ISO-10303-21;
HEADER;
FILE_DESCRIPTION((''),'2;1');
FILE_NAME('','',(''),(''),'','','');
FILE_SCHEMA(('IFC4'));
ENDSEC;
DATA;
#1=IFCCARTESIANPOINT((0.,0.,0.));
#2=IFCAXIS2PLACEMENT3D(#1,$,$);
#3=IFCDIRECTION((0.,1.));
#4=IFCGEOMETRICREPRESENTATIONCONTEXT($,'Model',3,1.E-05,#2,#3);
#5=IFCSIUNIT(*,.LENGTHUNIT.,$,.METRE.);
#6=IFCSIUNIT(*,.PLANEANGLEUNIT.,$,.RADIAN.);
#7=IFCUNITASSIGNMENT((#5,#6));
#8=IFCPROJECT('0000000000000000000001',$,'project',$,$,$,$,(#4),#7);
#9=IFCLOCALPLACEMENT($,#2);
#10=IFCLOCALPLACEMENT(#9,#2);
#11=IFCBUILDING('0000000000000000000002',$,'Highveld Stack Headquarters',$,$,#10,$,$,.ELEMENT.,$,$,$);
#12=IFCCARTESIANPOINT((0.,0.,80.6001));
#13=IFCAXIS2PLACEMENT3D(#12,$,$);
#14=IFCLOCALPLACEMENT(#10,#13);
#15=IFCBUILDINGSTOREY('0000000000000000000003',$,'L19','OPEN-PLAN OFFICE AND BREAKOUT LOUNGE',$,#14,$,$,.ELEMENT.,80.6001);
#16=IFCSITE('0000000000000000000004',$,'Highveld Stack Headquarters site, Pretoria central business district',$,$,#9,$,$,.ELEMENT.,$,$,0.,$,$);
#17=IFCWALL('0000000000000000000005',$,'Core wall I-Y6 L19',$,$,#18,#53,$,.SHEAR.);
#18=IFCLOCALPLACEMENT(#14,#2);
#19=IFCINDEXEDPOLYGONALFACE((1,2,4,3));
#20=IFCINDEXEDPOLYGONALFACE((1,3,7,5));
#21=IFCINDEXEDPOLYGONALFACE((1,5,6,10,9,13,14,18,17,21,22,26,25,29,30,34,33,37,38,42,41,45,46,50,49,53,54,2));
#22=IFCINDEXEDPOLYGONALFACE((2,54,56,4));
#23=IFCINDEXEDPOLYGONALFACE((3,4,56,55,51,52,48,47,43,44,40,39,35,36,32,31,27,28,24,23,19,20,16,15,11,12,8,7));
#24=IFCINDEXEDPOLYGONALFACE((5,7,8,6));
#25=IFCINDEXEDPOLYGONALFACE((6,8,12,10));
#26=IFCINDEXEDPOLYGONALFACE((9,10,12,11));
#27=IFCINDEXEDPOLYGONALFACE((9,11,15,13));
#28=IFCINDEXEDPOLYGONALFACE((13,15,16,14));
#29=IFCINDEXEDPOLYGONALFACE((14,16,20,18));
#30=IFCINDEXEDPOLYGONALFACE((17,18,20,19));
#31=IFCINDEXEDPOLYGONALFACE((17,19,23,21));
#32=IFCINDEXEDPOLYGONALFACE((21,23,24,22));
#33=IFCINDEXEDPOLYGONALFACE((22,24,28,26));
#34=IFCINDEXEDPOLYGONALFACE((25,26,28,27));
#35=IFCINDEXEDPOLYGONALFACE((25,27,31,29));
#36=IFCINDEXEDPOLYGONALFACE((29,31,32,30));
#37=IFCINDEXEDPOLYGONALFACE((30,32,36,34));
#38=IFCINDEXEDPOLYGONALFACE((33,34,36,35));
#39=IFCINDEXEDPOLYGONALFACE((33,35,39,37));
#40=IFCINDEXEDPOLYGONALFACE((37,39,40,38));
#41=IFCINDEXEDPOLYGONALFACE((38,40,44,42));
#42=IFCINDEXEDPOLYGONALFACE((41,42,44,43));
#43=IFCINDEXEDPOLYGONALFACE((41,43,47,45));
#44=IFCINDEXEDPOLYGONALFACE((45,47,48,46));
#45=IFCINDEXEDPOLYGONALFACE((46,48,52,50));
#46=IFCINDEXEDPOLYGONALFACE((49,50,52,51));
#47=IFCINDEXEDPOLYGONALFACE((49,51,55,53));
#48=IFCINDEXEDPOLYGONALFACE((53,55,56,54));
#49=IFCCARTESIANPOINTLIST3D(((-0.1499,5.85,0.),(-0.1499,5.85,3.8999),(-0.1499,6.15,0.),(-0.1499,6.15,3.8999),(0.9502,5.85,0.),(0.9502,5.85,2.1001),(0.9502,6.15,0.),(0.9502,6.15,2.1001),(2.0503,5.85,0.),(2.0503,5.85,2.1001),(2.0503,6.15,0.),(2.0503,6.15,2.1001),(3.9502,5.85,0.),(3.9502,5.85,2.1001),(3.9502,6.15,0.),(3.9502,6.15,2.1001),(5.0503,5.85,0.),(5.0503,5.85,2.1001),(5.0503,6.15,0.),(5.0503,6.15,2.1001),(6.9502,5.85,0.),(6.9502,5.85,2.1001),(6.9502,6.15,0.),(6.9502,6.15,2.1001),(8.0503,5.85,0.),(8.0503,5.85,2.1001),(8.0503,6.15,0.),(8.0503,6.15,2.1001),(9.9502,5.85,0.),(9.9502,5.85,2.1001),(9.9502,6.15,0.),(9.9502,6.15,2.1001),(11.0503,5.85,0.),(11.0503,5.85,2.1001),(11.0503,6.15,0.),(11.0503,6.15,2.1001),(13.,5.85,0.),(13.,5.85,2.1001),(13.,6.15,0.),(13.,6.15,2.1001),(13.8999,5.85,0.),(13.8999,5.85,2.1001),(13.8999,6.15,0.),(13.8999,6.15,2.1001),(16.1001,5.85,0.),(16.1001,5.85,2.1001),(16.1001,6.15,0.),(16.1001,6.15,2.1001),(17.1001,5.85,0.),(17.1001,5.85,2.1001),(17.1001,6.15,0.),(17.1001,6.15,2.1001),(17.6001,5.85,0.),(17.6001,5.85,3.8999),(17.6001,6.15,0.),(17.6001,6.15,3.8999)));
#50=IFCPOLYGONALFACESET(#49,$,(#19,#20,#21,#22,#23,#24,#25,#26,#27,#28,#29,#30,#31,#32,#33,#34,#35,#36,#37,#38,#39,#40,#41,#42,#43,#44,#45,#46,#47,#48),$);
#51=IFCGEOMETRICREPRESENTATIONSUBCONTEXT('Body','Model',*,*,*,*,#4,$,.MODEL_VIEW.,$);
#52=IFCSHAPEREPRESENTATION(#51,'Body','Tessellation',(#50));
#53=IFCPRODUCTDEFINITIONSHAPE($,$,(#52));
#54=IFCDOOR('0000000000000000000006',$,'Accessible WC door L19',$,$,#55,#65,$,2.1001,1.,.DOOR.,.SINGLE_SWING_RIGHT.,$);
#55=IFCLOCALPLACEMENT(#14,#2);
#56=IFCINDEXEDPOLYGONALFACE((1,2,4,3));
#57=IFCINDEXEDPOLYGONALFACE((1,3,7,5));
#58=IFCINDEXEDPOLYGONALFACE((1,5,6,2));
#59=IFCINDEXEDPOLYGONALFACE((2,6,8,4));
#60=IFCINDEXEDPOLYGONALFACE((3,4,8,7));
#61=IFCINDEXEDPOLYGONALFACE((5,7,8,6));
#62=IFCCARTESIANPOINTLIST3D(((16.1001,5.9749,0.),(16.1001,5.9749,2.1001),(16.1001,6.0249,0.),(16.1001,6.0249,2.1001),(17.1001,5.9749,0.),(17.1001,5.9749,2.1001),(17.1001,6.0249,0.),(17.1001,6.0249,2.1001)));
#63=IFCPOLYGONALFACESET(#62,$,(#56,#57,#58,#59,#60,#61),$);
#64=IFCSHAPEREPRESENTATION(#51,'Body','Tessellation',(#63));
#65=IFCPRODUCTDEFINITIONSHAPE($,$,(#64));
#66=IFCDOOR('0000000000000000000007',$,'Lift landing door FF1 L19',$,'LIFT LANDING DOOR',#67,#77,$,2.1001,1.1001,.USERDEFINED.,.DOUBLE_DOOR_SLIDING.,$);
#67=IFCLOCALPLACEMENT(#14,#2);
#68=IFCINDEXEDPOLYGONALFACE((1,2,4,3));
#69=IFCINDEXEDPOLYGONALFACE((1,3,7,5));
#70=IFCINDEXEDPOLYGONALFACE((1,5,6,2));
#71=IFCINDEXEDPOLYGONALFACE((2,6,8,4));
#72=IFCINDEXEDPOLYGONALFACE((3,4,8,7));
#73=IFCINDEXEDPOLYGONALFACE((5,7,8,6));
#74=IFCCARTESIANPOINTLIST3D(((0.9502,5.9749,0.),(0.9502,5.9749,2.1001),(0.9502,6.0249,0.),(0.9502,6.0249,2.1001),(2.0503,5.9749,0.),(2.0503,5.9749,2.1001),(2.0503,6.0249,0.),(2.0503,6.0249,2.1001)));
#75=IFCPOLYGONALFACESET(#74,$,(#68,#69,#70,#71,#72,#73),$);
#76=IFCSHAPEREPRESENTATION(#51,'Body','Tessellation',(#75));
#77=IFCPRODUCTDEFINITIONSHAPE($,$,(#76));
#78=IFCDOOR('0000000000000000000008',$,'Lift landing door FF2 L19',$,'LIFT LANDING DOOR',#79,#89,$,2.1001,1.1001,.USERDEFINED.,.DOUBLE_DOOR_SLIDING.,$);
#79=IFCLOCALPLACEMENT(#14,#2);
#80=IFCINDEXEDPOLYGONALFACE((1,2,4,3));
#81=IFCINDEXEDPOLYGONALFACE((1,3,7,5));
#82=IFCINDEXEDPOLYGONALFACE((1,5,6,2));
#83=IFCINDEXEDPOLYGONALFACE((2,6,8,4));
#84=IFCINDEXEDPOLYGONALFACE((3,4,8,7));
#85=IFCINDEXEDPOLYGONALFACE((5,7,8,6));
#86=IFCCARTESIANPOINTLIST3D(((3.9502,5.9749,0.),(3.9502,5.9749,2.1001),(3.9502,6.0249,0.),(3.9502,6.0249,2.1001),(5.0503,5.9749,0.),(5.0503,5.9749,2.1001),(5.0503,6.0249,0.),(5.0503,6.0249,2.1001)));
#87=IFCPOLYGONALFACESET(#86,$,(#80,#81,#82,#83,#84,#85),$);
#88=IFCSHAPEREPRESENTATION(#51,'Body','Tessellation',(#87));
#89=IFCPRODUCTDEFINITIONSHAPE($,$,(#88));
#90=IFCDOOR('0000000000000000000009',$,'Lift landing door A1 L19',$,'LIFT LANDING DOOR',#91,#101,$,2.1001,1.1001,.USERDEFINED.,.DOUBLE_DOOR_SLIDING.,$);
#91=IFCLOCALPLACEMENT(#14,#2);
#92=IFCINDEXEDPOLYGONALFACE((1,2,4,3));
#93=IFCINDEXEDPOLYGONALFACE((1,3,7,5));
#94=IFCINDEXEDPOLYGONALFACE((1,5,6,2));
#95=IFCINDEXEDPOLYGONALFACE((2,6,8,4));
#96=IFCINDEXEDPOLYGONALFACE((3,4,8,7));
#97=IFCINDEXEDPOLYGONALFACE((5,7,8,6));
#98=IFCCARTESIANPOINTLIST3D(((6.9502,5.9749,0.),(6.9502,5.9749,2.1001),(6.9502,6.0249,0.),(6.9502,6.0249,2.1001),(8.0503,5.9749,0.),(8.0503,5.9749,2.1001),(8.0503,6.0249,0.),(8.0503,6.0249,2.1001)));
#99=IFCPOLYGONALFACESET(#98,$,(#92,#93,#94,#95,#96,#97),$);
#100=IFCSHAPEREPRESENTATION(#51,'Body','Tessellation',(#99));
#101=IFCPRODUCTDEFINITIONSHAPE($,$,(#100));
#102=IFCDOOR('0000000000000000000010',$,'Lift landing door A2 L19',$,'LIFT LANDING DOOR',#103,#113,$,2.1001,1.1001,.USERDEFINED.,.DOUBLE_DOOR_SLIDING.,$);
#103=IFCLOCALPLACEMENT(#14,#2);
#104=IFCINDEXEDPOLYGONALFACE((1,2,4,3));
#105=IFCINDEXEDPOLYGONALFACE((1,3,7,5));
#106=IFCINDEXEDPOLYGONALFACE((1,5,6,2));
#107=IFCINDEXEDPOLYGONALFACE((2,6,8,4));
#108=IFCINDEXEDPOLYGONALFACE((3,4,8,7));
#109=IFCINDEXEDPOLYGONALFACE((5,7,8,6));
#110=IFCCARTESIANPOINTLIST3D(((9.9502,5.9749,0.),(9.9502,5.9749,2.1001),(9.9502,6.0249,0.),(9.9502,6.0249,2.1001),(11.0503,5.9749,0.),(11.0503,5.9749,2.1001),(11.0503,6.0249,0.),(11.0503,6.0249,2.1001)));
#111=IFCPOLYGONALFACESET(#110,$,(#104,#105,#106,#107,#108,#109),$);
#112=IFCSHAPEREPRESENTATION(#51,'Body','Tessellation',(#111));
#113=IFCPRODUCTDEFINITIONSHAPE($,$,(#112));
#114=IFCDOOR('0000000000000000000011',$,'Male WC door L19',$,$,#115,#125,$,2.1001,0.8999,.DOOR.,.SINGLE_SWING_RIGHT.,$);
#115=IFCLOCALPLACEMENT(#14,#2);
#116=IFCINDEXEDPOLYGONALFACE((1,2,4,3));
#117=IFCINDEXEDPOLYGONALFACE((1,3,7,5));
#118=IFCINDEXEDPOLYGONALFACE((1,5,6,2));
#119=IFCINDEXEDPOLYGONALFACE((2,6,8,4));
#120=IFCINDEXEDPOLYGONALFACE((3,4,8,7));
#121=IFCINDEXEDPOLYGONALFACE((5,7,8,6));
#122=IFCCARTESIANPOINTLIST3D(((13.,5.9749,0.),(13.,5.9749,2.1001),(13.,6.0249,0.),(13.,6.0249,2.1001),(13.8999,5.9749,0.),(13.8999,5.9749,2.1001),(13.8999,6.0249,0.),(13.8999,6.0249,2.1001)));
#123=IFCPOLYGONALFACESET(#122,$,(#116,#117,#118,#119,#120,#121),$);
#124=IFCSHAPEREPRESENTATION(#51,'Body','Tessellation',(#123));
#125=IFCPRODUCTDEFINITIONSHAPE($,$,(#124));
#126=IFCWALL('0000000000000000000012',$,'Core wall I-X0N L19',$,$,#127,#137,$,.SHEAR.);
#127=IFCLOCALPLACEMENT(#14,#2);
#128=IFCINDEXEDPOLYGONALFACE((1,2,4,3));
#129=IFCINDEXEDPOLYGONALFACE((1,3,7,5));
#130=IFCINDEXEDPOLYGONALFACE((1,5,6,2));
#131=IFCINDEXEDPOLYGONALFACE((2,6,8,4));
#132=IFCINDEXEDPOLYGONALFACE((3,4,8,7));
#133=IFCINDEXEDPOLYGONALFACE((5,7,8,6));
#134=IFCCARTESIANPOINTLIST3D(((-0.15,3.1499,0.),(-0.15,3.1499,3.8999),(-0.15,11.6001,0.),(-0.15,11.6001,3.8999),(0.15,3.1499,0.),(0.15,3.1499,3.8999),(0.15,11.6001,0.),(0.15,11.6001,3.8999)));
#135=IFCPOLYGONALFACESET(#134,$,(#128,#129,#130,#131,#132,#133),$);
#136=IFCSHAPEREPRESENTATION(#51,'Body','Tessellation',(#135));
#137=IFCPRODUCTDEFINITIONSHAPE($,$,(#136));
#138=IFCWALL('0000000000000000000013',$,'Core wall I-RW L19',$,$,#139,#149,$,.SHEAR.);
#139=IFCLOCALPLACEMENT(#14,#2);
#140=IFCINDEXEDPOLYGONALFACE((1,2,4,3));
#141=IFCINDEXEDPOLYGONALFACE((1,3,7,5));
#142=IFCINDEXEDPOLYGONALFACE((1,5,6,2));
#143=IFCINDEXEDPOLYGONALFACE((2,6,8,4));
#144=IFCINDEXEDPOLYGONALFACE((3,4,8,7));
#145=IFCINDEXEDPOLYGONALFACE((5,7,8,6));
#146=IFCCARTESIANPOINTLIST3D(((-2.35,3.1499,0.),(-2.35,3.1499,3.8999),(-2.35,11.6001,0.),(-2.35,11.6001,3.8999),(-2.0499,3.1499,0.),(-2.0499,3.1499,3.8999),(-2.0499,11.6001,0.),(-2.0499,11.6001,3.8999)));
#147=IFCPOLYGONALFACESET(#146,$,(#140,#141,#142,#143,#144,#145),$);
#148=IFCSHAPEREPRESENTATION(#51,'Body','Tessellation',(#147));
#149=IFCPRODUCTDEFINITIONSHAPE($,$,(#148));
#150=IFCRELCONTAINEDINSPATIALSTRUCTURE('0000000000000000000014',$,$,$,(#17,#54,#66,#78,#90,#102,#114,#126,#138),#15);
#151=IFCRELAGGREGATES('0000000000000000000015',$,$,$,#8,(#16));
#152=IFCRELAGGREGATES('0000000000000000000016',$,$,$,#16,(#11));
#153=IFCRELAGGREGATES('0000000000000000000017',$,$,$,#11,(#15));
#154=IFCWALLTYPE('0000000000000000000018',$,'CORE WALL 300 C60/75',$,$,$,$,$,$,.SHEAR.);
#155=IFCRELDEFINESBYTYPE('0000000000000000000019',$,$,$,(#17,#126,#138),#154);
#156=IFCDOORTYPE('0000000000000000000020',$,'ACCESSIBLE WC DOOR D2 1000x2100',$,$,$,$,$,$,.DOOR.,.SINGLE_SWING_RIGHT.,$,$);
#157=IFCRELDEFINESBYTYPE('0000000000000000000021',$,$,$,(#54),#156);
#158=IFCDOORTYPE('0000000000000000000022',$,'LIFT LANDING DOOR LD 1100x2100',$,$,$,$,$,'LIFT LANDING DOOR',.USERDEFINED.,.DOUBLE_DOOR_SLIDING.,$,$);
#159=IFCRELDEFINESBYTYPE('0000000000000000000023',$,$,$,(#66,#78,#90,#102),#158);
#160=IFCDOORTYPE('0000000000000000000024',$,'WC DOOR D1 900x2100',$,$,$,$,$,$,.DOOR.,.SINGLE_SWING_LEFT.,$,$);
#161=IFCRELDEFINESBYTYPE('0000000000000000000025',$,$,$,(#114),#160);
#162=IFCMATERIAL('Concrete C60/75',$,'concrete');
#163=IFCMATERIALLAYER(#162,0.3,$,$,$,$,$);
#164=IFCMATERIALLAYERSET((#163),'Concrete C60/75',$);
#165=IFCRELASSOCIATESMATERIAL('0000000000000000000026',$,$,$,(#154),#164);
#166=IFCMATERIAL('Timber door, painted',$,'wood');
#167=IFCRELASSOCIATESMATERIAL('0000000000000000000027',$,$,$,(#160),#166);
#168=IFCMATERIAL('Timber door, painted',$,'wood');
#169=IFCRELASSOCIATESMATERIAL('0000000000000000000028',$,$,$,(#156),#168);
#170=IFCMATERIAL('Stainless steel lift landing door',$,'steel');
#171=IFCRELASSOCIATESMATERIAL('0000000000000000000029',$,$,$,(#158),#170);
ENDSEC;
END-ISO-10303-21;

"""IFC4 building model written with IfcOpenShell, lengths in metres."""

from ifc_helpers import new_model, si_unit, direction, frame, frame_2d, origin, place, context, subcontext, project, spatial, rectangle, extrude, material, layer, layer_set, type_object, element, fill, save


model = new_model("IFC4")

# Units and contexts
model_context = context("Model", 3, precision=1e-05, world=origin(), true_north=direction((0.0, 1.0)))
body_context = subcontext(model_context, "Body", "Model", "MODEL_VIEW")
ifc_project = project(units=[si_unit("LENGTHUNIT", "METRE"), si_unit("PLANEANGLEUNIT", "RADIAN")], contexts=[model_context])

# Site, building, storey
site_placement = place(None, origin())
site = spatial("IfcSite", under=ifc_project, at=site_placement, Name="Highveld Stack Headquarters site, Pretoria central business district", CompositionType="ELEMENT", RefElevation=0.0)
building_placement = place(site_placement, origin())
building = spatial("IfcBuilding", under=site, at=building_placement, Name="Highveld Stack Headquarters", CompositionType="ELEMENT")
storey_placement = place(building_placement, frame((0.0, 0.0, 80.6001)))
storey = spatial("IfcBuildingStorey", under=building, at=storey_placement, Name="L19", Description="OPEN-PLAN OFFICE AND BREAKOUT LOUNGE", CompositionType="ELEMENT", Elevation=80.6001)

# Shared definitions
ifc_material_1 = material(Name="Concrete C60/75", Category="concrete")
ifc_layer_1 = layer(ifc_material_1, 0.3)
ifc_layer_set_1 = layer_set([ifc_layer_1], Name="Concrete C60/75")
wall_type = type_object("IfcWallType", Name="CORE WALL 300 C60/75", PredefinedType="SHEAR", material=ifc_layer_set_1)
ifc_material_2 = material(Name="Timber door, painted", Category="wood")
door_type_1 = type_object("IfcDoorType", Name="WC DOOR D1 900x2100", OperationType="SINGLE_SWING_LEFT", PredefinedType="DOOR", material=ifc_material_2)

# Wall, openings, doors
wall_1_placement = place(storey_placement, frame((-0.1499, 6.0, 0.0), z_axis=(0.0, 0.0, 1.0), x_axis=(1.0, 0.0, 0.0)))
wall_1 = element("IfcWall", 1, at=wall_1_placement, inside=storey, type_object=wall_type, Name="Core wall I-Y6 L19", PredefinedType="SHEAR", context=body_context, shape_type="SweptSolid", body=[
    extrude(rectangle(XDim=17.75, YDim=0.3, at=frame_2d((8.875, 0.0))), origin(), (0.0, 0.0, 1.0), 3.8999),
])
opening_1_placement = place(wall_1_placement, frame((13.1499, 0.0, 0.0)))
opening_1 = element("IfcOpeningElement", 2, at=opening_1_placement, cuts=wall_1, PredefinedType="OPENING", context=body_context, shape_type="SweptSolid", body=[
    extrude(rectangle(XDim=0.8999, YDim=2.1001, at=frame_2d((0.45, 1.05))), frame((0.0, 0.1599, 0.0), z_axis=(0.0, -1.0, 0.0), x_axis=(1.0, 0.0, 0.0)), (0.0, 0.0, 1.0), 0.3201),
])
opening_2_placement = place(wall_1_placement, frame((16.25, 0.0, 0.0)))
opening_2 = element("IfcOpeningElement", 3, at=opening_2_placement, cuts=wall_1, PredefinedType="OPENING", context=body_context, shape_type="SweptSolid", body=[
    extrude(rectangle(XDim=1.0, YDim=2.1001, at=frame_2d((0.5, 1.05))), frame((0.0, 0.1599, 0.0), z_axis=(0.0, -1.0, 0.0), x_axis=(1.0, 0.0, 0.0)), (0.0, 0.0, 1.0), 0.3201),
])
opening_3_placement = place(wall_1_placement, frame((1.1001, 0.0, 0.0)))
opening_3 = element("IfcOpeningElement", 4, at=opening_3_placement, cuts=wall_1, PredefinedType="OPENING", context=body_context, shape_type="SweptSolid", body=[
    extrude(rectangle(XDim=1.1001, YDim=2.1001, at=frame_2d((0.55, 1.05))), frame((0.0, 0.1599, 0.0), z_axis=(0.0, -1.0, 0.0), x_axis=(1.0, 0.0, 0.0)), (0.0, 0.0, 1.0), 0.3201),
])
opening_4_placement = place(wall_1_placement, frame((4.1001, 0.0, 0.0)))
opening_4 = element("IfcOpeningElement", 5, at=opening_4_placement, cuts=wall_1, PredefinedType="OPENING", context=body_context, shape_type="SweptSolid", body=[
    extrude(rectangle(XDim=1.1001, YDim=2.1001, at=frame_2d((0.55, 1.05))), frame((0.0, 0.1599, 0.0), z_axis=(0.0, -1.0, 0.0), x_axis=(1.0, 0.0, 0.0)), (0.0, 0.0, 1.0), 0.3201),
])
opening_5_placement = place(wall_1_placement, frame((7.1001, 0.0, 0.0)))
opening_5 = element("IfcOpeningElement", 6, at=opening_5_placement, cuts=wall_1, PredefinedType="OPENING", context=body_context, shape_type="SweptSolid", body=[
    extrude(rectangle(XDim=1.1001, YDim=2.1001, at=frame_2d((0.55, 1.05))), frame((0.0, 0.1599, 0.0), z_axis=(0.0, -1.0, 0.0), x_axis=(1.0, 0.0, 0.0)), (0.0, 0.0, 1.0), 0.3201),
])
opening_6_placement = place(wall_1_placement, frame((10.1001, 0.0, 0.0)))
opening_6 = element("IfcOpeningElement", 7, at=opening_6_placement, cuts=wall_1, PredefinedType="OPENING", context=body_context, shape_type="SweptSolid", body=[
    extrude(rectangle(XDim=1.1001, YDim=2.1001, at=frame_2d((0.55, 1.05))), frame((0.0, 0.1599, 0.0), z_axis=(0.0, -1.0, 0.0), x_axis=(1.0, 0.0, 0.0)), (0.0, 0.0, 1.0), 0.3201),
])
ifc_material_3 = material(Name="Timber door, painted", Category="wood")
door_type_2 = type_object("IfcDoorType", Name="ACCESSIBLE WC DOOR D2 1000x2100", OperationType="SINGLE_SWING_RIGHT", PredefinedType="DOOR", material=ifc_material_3)
door_1_placement = place(opening_2_placement, origin())
door_1 = element("IfcDoor", 8, at=door_1_placement, inside=storey, type_object=door_type_2, Name="Accessible WC door L19", OperationType="SINGLE_SWING_RIGHT", OverallHeight=2.1001, OverallWidth=1.0, PredefinedType="DOOR", context=body_context, shape_type="SweptSolid", body=[
    extrude(rectangle(XDim=1.0, YDim=2.1001, at=frame_2d((0.5, 1.05))), frame((0.0, 0.0249, 0.0), z_axis=(0.0, -1.0, 0.0), x_axis=(1.0, 0.0, 0.0)), (0.0, 0.0, 1.0), 0.05),
])
fill(opening_2, door_1)
ifc_material_4 = material(Name="Stainless steel lift landing door", Category="steel")
door_type_3 = type_object("IfcDoorType", Name="LIFT LANDING DOOR LD 1100x2100", ElementType="LIFT LANDING DOOR", OperationType="DOUBLE_DOOR_SLIDING", PredefinedType="USERDEFINED", material=ifc_material_4)
door_2_placement = place(opening_3_placement, origin())
door_2 = element("IfcDoor", 9, at=door_2_placement, inside=storey, type_object=door_type_3, Name="Lift landing door FF1 L19", ObjectType="LIFT LANDING DOOR", OperationType="DOUBLE_DOOR_SLIDING", OverallHeight=2.1001, OverallWidth=1.1001, PredefinedType="USERDEFINED", context=body_context, shape_type="SweptSolid", body=[
    extrude(rectangle(XDim=1.1001, YDim=2.1001, at=frame_2d((0.55, 1.05))), frame((0.0, 0.0249, 0.0), z_axis=(0.0, -1.0, 0.0), x_axis=(1.0, 0.0, 0.0)), (0.0, 0.0, 1.0), 0.05),
])
fill(opening_3, door_2)
door_3_placement = place(opening_4_placement, origin())
door_3 = element("IfcDoor", 10, at=door_3_placement, inside=storey, type_object=door_type_3, Name="Lift landing door FF2 L19", ObjectType="LIFT LANDING DOOR", OperationType="DOUBLE_DOOR_SLIDING", OverallHeight=2.1001, OverallWidth=1.1001, PredefinedType="USERDEFINED", context=body_context, shape_type="SweptSolid", body=[
    extrude(rectangle(XDim=1.1001, YDim=2.1001, at=frame_2d((0.55, 1.05))), frame((0.0, 0.0249, 0.0), z_axis=(0.0, -1.0, 0.0), x_axis=(1.0, 0.0, 0.0)), (0.0, 0.0, 1.0), 0.05),
])
fill(opening_4, door_3)
door_4_placement = place(opening_5_placement, origin())
door_4 = element("IfcDoor", 11, at=door_4_placement, inside=storey, type_object=door_type_3, Name="Lift landing door A1 L19", ObjectType="LIFT LANDING DOOR", OperationType="DOUBLE_DOOR_SLIDING", OverallHeight=2.1001, OverallWidth=1.1001, PredefinedType="USERDEFINED", context=body_context, shape_type="SweptSolid", body=[
    extrude(rectangle(XDim=1.1001, YDim=2.1001, at=frame_2d((0.55, 1.05))), frame((0.0, 0.0249, 0.0), z_axis=(0.0, -1.0, 0.0), x_axis=(1.0, 0.0, 0.0)), (0.0, 0.0, 1.0), 0.05),
])
fill(opening_5, door_4)
door_5_placement = place(opening_6_placement, origin())
door_5 = element("IfcDoor", 12, at=door_5_placement, inside=storey, type_object=door_type_3, Name="Lift landing door A2 L19", ObjectType="LIFT LANDING DOOR", OperationType="DOUBLE_DOOR_SLIDING", OverallHeight=2.1001, OverallWidth=1.1001, PredefinedType="USERDEFINED", context=body_context, shape_type="SweptSolid", body=[
    extrude(rectangle(XDim=1.1001, YDim=2.1001, at=frame_2d((0.55, 1.05))), frame((0.0, 0.0249, 0.0), z_axis=(0.0, -1.0, 0.0), x_axis=(1.0, 0.0, 0.0)), (0.0, 0.0, 1.0), 0.05),
])
fill(opening_6, door_5)
door_6_placement = place(opening_1_placement, origin())
door_6 = element("IfcDoor", 13, at=door_6_placement, inside=storey, type_object=door_type_1, Name="Male WC door L19", OperationType="SINGLE_SWING_RIGHT", OverallHeight=2.1001, OverallWidth=0.8999, PredefinedType="DOOR", context=body_context, shape_type="SweptSolid", body=[
    extrude(rectangle(XDim=0.8999, YDim=2.1001, at=frame_2d((0.45, 1.05))), frame((0.0, 0.0249, 0.0), z_axis=(0.0, -1.0, 0.0), x_axis=(1.0, 0.0, 0.0)), (0.0, 0.0, 1.0), 0.05),
])
fill(opening_1, door_6)

# Walls
for number, where, z_axis, x_axis, name in (
    (14, (0.0, 3.1499, 0.0), (0.0, 0.0, 1.0), (0.0, 1.0, 0.0), "Core wall I-X0N L19"),
    (15, (-2.2, 3.1499, 0.0), (0.0, 0.0, 1.0), (0.0, 1.0, 0.0), "Core wall I-RW L19"),
):
    element("IfcWall", number, at=place(storey_placement, frame(where, z_axis=z_axis, x_axis=x_axis)), inside=storey, type_object=wall_type, Name=name, PredefinedType="SHEAR", context=body_context, shape_type="SweptSolid", body=[
        extrude(rectangle(XDim=8.4502, YDim=0.3, at=frame_2d((4.2251, 0.0))), origin(), (0.0, 0.0, 1.0), 3.8999),
    ])

save(model, "model.ifc")
